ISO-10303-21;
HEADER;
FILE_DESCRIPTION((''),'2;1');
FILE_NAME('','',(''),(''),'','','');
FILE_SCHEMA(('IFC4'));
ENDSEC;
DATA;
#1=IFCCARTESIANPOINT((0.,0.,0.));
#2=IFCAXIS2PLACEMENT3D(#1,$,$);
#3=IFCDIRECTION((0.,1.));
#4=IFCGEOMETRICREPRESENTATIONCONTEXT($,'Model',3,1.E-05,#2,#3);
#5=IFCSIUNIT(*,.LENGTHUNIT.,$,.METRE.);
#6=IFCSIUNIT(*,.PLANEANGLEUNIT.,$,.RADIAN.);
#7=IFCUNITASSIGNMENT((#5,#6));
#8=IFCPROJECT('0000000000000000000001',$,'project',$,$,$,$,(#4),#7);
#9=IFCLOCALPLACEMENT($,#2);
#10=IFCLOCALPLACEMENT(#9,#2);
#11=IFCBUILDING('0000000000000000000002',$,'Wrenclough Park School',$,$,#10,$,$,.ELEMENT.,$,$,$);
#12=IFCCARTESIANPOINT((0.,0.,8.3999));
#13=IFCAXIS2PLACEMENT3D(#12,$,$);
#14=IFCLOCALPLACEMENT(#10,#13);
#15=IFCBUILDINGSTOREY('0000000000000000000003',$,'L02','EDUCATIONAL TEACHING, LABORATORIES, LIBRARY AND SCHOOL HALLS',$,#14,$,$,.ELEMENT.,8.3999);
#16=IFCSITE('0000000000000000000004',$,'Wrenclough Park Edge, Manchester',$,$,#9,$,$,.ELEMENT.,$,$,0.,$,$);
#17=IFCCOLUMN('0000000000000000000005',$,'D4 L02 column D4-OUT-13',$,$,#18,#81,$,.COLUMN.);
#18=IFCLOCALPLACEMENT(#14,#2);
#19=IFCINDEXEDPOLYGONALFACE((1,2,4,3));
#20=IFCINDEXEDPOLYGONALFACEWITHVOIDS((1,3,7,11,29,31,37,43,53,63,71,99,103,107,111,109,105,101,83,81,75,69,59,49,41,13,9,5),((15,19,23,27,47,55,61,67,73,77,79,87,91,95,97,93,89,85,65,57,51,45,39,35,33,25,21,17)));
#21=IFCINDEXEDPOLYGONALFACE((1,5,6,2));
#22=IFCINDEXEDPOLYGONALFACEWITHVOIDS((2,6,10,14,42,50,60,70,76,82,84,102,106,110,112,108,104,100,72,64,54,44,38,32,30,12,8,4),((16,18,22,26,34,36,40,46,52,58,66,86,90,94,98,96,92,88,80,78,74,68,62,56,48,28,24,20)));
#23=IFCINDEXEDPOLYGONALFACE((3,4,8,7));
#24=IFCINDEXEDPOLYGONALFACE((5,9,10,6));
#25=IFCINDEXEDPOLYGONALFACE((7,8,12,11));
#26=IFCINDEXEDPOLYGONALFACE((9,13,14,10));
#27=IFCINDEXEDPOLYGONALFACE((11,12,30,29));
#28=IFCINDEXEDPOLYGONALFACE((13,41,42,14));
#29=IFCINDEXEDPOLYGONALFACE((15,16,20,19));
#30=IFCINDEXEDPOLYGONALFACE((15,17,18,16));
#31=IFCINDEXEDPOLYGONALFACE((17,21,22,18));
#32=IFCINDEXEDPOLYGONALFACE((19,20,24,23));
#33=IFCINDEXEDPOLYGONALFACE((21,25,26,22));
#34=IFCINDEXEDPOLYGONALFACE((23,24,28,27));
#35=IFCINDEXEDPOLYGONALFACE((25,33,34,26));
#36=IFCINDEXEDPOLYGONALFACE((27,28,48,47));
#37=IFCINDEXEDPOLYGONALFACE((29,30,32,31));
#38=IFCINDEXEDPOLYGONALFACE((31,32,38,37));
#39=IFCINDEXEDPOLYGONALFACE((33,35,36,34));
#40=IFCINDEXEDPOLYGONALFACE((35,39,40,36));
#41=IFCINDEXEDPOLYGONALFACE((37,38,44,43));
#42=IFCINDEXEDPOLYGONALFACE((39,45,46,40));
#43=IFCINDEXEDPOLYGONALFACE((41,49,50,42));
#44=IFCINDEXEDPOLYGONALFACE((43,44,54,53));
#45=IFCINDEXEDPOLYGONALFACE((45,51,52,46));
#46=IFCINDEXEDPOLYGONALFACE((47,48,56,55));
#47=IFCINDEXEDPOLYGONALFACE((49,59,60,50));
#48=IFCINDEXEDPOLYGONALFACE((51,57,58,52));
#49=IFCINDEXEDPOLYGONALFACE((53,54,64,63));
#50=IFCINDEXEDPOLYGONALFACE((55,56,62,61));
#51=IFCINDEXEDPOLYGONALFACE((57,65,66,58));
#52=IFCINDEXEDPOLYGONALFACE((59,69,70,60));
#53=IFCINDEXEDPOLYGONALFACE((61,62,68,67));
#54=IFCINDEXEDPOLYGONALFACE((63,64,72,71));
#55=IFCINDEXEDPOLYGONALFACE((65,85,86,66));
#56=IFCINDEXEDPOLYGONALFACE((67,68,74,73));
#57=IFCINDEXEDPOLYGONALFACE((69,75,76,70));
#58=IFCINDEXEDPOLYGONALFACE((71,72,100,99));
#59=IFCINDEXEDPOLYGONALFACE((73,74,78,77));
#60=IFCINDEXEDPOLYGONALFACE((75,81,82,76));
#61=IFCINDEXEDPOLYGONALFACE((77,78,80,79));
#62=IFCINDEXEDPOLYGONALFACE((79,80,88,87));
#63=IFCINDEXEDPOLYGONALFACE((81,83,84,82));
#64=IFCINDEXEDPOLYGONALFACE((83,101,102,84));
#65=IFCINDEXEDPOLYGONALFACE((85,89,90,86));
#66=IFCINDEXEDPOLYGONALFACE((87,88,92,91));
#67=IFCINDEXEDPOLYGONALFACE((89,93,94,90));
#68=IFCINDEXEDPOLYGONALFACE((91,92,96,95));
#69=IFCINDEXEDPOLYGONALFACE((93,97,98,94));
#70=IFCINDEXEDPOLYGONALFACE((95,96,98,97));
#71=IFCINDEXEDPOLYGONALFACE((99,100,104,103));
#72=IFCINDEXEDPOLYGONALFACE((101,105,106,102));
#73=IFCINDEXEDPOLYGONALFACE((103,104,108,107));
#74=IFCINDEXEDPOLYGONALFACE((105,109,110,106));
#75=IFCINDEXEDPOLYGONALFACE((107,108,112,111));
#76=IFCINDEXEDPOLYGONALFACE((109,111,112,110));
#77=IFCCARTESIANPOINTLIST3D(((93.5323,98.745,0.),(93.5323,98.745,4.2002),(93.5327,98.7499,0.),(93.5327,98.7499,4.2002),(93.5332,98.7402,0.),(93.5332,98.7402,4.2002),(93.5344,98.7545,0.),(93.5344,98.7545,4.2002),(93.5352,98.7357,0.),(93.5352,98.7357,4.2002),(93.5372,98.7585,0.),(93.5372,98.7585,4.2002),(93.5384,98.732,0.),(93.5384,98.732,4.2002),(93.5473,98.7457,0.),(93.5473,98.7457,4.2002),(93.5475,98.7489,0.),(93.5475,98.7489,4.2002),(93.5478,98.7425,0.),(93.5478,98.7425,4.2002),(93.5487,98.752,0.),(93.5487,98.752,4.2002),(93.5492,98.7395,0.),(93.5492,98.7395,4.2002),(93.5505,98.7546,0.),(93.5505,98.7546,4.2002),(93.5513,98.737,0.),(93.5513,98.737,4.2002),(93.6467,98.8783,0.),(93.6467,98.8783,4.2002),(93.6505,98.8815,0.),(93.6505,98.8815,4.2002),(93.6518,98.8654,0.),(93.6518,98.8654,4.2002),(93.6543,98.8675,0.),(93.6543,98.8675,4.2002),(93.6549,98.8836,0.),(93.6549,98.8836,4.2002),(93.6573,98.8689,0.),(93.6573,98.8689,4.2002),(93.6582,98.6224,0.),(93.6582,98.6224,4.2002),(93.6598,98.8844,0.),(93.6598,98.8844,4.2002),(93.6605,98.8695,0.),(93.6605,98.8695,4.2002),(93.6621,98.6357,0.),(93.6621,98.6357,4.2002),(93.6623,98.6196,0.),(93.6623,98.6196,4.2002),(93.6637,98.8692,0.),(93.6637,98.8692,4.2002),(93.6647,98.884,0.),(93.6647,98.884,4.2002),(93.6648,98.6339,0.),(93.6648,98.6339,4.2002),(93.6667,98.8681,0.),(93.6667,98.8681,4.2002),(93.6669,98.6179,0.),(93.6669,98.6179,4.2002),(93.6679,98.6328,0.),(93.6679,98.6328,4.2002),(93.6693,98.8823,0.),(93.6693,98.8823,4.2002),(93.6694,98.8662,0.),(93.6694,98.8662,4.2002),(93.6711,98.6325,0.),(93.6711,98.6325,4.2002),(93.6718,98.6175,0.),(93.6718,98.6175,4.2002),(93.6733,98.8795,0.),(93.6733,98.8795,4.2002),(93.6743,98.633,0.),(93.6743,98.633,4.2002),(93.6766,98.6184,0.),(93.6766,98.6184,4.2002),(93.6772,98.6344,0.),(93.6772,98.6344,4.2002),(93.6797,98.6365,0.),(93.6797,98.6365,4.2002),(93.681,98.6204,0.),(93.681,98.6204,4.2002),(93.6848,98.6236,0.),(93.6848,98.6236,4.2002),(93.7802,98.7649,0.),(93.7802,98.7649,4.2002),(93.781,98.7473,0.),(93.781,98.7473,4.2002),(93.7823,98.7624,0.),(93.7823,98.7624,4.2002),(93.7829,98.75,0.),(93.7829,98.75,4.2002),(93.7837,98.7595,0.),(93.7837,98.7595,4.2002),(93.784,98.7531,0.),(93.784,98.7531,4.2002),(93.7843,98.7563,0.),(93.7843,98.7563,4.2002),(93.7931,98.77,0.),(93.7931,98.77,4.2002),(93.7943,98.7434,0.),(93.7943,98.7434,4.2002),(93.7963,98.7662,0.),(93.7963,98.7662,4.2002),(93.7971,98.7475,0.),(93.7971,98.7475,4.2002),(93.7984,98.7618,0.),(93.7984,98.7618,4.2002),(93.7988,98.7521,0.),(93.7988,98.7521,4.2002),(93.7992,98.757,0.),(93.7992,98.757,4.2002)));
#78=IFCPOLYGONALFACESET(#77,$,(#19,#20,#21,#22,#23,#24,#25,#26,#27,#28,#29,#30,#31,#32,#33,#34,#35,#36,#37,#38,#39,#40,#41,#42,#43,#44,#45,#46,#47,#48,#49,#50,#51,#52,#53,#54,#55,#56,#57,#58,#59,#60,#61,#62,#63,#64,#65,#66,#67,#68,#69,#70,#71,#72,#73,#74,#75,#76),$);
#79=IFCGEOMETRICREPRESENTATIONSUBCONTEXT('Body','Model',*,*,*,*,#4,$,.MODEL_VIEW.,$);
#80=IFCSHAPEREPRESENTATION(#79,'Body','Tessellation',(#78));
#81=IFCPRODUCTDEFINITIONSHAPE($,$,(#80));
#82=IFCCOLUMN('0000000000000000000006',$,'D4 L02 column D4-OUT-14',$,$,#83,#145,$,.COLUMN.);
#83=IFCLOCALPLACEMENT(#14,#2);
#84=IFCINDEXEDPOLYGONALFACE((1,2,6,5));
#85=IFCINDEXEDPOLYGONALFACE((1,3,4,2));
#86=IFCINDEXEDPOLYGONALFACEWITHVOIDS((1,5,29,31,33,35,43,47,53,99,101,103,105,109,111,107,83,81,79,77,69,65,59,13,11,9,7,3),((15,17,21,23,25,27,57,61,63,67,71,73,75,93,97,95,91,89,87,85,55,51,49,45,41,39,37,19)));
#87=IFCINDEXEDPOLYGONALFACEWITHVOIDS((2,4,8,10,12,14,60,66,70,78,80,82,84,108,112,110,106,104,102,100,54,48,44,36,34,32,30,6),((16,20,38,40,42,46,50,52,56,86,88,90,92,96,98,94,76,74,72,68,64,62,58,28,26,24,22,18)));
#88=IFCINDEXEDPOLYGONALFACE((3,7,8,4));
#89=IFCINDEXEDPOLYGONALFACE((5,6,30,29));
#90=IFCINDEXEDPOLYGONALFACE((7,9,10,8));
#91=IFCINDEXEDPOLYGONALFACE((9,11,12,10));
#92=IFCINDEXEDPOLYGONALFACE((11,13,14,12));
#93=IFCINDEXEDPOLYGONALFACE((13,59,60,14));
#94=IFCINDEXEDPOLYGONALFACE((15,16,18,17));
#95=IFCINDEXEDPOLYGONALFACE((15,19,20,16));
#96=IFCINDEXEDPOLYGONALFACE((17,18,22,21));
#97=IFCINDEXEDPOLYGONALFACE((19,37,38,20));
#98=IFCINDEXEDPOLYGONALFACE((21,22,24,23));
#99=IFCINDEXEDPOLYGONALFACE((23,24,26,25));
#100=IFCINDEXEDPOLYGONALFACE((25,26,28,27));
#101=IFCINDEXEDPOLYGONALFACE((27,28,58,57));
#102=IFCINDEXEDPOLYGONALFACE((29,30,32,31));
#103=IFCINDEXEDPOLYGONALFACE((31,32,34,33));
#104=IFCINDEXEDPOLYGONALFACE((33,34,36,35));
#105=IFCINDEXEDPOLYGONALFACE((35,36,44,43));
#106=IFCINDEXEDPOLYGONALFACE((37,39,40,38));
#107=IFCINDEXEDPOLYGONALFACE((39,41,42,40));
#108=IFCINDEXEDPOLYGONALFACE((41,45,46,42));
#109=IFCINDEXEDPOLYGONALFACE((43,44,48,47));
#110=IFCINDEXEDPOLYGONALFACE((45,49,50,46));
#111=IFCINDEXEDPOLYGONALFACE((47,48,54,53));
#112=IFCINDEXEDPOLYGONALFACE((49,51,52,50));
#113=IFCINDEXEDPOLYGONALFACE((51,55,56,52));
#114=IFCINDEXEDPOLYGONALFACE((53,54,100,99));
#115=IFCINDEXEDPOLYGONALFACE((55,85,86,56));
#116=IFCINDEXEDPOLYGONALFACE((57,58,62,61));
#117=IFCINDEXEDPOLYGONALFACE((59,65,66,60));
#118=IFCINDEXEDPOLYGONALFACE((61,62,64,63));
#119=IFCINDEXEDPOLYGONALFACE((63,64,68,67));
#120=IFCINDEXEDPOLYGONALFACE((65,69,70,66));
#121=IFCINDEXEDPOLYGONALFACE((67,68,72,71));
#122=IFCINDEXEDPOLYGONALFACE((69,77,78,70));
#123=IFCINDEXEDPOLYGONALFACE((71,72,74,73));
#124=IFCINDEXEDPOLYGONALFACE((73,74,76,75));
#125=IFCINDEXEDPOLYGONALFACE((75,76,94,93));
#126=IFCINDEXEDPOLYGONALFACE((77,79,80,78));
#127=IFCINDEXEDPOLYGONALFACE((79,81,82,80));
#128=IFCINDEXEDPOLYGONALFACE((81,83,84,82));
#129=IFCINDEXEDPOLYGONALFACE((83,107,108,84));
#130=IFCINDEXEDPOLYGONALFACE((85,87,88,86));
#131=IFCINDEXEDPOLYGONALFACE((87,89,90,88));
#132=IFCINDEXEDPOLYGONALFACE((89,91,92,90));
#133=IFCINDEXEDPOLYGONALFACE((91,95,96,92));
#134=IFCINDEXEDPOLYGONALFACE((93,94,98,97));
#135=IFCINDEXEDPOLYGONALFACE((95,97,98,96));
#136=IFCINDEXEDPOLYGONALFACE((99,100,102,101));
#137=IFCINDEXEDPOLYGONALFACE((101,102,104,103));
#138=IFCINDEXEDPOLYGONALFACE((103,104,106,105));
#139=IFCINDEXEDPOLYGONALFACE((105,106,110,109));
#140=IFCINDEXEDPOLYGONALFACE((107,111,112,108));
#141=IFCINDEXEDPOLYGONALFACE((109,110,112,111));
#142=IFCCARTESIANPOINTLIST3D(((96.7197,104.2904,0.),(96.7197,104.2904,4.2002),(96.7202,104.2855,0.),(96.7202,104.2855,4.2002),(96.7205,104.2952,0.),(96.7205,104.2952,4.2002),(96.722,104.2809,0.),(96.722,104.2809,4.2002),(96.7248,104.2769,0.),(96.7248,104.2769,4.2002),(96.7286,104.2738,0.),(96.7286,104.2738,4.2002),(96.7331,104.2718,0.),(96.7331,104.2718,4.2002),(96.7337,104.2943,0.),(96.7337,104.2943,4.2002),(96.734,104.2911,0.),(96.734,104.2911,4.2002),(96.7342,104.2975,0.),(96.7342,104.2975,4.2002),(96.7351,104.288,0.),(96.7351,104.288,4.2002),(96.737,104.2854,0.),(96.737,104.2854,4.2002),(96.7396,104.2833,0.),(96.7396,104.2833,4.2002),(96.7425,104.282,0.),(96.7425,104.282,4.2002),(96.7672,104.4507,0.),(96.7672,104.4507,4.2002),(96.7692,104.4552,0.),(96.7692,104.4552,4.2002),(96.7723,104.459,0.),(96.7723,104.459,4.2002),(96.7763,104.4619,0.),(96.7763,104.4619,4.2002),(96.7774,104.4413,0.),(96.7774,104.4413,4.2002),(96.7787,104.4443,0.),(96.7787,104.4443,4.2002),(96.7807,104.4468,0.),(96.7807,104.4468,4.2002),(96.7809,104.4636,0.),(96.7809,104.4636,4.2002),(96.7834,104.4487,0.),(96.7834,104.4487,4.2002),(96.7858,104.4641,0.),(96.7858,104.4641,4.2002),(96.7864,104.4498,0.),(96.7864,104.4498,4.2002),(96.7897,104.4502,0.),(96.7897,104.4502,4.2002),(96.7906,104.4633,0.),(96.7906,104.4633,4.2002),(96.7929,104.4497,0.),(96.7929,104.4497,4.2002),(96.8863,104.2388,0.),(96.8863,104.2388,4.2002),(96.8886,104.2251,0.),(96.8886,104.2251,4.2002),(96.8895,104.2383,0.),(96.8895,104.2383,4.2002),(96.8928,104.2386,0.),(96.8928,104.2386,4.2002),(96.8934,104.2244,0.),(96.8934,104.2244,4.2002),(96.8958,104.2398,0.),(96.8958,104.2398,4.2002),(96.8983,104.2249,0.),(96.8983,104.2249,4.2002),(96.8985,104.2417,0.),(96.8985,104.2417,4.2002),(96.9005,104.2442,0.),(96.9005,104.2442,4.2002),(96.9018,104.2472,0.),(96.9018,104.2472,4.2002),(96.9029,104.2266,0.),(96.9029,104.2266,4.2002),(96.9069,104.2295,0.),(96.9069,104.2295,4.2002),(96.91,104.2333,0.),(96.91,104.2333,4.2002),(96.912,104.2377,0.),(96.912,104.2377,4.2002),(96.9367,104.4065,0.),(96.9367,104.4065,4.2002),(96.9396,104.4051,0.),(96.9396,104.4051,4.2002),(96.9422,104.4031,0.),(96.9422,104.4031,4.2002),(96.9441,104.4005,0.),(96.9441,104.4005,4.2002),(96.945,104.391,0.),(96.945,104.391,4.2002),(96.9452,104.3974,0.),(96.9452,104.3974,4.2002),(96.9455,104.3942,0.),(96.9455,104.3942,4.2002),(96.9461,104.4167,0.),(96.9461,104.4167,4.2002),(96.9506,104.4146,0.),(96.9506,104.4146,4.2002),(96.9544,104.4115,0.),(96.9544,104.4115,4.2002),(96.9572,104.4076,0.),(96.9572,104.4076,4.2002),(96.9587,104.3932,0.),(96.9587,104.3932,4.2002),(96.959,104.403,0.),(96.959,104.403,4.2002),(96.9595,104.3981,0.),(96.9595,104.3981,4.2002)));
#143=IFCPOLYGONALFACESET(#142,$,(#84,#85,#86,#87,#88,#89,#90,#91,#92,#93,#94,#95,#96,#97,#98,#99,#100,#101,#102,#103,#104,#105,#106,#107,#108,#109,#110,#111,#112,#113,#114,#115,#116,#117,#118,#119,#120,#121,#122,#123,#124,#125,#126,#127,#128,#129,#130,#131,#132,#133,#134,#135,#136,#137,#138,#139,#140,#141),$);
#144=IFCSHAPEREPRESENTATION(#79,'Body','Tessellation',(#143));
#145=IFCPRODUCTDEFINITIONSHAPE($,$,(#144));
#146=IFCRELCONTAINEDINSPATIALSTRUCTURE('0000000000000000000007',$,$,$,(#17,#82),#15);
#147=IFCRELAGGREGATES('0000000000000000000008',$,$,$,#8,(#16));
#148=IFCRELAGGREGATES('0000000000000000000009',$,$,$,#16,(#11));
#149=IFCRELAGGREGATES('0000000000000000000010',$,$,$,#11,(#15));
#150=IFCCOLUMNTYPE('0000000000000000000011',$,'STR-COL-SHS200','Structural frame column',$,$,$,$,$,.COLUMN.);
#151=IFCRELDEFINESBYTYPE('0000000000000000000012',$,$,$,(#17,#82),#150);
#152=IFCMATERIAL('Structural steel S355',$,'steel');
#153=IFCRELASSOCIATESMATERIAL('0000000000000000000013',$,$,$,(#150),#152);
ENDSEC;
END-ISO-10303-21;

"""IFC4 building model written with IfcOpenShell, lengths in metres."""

from ifc_helpers import new_model, si_unit, direction, frame, origin, origin_2d, place, context, subcontext, project, spatial, hollow_rectangle, extrude, material, material_profile, profile_set, type_object, element, save


model = new_model("IFC4")

# Units and contexts
model_context = context("Model", 3, precision=1e-05, world=origin(), true_north=direction((0.0, 1.0)))
body_context = subcontext(model_context, "Body", "Model", "MODEL_VIEW")
ifc_project = project(units=[si_unit("LENGTHUNIT", "METRE"), si_unit("PLANEANGLEUNIT", "RADIAN")], contexts=[model_context])

# Site, building, storey
site_placement = place(None, origin())
site = spatial("IfcSite", under=ifc_project, at=site_placement, Name="Wrenclough Park Edge, Manchester", CompositionType="ELEMENT", RefElevation=0.0)
building_placement = place(site_placement, origin())
building = spatial("IfcBuilding", under=site, at=building_placement, Name="Wrenclough Park School", CompositionType="ELEMENT")
storey_placement = place(building_placement, frame((0.0, 0.0, 8.3999)))
storey = spatial("IfcBuildingStorey", under=building, at=storey_placement, Name="L02", Description="EDUCATIONAL TEACHING, LABORATORIES, LIBRARY AND SCHOOL HALLS", CompositionType="ELEMENT", Elevation=8.3999)

# Columns
ifc_material_1 = material(Name="Structural steel S355", Category="steel")
ifc_material_profile_1 = material_profile(ifc_material_1, hollow_rectangle(XDim=0.2, YDim=0.2, WallThickness=0.0125, InnerFilletRadius=0.0125, OuterFilletRadius=0.0188, at=origin_2d()), Name="SHS 200x200x12.5")
ifc_profile_set_1 = profile_set([ifc_material_profile_1], Name="Structural steel S355")
column_type = type_object("IfcColumnType", Name="STR-COL-SHS200", Description="Structural frame column", PredefinedType="COLUMN", material=ifc_profile_set_1)
for number, where, z_axis, x_axis, name in (
    (1, (93.6658, 98.751, 0.0), (0.0, 0.0, 1.0), (0.674689, 0.738102, 0.0), "D4 L02 column D4-OUT-13"),
    (2, (96.8396, 104.3442, 0.0), (0.0, 0.0, 1.0), (0.287528, 0.957772, 0.0), "D4 L02 column D4-OUT-14"),
):
    element("IfcColumn", number, at=place(storey_placement, frame(where, z_axis=z_axis, x_axis=x_axis)), inside=storey, type_object=column_type, Name=name, PredefinedType="COLUMN", context=body_context, shape_type="SweptSolid", body=[
        extrude(hollow_rectangle(XDim=0.2, YDim=0.2, WallThickness=0.0125, InnerFilletRadius=0.0125, OuterFilletRadius=0.0188, at=origin_2d()), origin(), (0.0, 0.0, 1.0), 4.2002),
    ])

save(model, "model.ifc")
